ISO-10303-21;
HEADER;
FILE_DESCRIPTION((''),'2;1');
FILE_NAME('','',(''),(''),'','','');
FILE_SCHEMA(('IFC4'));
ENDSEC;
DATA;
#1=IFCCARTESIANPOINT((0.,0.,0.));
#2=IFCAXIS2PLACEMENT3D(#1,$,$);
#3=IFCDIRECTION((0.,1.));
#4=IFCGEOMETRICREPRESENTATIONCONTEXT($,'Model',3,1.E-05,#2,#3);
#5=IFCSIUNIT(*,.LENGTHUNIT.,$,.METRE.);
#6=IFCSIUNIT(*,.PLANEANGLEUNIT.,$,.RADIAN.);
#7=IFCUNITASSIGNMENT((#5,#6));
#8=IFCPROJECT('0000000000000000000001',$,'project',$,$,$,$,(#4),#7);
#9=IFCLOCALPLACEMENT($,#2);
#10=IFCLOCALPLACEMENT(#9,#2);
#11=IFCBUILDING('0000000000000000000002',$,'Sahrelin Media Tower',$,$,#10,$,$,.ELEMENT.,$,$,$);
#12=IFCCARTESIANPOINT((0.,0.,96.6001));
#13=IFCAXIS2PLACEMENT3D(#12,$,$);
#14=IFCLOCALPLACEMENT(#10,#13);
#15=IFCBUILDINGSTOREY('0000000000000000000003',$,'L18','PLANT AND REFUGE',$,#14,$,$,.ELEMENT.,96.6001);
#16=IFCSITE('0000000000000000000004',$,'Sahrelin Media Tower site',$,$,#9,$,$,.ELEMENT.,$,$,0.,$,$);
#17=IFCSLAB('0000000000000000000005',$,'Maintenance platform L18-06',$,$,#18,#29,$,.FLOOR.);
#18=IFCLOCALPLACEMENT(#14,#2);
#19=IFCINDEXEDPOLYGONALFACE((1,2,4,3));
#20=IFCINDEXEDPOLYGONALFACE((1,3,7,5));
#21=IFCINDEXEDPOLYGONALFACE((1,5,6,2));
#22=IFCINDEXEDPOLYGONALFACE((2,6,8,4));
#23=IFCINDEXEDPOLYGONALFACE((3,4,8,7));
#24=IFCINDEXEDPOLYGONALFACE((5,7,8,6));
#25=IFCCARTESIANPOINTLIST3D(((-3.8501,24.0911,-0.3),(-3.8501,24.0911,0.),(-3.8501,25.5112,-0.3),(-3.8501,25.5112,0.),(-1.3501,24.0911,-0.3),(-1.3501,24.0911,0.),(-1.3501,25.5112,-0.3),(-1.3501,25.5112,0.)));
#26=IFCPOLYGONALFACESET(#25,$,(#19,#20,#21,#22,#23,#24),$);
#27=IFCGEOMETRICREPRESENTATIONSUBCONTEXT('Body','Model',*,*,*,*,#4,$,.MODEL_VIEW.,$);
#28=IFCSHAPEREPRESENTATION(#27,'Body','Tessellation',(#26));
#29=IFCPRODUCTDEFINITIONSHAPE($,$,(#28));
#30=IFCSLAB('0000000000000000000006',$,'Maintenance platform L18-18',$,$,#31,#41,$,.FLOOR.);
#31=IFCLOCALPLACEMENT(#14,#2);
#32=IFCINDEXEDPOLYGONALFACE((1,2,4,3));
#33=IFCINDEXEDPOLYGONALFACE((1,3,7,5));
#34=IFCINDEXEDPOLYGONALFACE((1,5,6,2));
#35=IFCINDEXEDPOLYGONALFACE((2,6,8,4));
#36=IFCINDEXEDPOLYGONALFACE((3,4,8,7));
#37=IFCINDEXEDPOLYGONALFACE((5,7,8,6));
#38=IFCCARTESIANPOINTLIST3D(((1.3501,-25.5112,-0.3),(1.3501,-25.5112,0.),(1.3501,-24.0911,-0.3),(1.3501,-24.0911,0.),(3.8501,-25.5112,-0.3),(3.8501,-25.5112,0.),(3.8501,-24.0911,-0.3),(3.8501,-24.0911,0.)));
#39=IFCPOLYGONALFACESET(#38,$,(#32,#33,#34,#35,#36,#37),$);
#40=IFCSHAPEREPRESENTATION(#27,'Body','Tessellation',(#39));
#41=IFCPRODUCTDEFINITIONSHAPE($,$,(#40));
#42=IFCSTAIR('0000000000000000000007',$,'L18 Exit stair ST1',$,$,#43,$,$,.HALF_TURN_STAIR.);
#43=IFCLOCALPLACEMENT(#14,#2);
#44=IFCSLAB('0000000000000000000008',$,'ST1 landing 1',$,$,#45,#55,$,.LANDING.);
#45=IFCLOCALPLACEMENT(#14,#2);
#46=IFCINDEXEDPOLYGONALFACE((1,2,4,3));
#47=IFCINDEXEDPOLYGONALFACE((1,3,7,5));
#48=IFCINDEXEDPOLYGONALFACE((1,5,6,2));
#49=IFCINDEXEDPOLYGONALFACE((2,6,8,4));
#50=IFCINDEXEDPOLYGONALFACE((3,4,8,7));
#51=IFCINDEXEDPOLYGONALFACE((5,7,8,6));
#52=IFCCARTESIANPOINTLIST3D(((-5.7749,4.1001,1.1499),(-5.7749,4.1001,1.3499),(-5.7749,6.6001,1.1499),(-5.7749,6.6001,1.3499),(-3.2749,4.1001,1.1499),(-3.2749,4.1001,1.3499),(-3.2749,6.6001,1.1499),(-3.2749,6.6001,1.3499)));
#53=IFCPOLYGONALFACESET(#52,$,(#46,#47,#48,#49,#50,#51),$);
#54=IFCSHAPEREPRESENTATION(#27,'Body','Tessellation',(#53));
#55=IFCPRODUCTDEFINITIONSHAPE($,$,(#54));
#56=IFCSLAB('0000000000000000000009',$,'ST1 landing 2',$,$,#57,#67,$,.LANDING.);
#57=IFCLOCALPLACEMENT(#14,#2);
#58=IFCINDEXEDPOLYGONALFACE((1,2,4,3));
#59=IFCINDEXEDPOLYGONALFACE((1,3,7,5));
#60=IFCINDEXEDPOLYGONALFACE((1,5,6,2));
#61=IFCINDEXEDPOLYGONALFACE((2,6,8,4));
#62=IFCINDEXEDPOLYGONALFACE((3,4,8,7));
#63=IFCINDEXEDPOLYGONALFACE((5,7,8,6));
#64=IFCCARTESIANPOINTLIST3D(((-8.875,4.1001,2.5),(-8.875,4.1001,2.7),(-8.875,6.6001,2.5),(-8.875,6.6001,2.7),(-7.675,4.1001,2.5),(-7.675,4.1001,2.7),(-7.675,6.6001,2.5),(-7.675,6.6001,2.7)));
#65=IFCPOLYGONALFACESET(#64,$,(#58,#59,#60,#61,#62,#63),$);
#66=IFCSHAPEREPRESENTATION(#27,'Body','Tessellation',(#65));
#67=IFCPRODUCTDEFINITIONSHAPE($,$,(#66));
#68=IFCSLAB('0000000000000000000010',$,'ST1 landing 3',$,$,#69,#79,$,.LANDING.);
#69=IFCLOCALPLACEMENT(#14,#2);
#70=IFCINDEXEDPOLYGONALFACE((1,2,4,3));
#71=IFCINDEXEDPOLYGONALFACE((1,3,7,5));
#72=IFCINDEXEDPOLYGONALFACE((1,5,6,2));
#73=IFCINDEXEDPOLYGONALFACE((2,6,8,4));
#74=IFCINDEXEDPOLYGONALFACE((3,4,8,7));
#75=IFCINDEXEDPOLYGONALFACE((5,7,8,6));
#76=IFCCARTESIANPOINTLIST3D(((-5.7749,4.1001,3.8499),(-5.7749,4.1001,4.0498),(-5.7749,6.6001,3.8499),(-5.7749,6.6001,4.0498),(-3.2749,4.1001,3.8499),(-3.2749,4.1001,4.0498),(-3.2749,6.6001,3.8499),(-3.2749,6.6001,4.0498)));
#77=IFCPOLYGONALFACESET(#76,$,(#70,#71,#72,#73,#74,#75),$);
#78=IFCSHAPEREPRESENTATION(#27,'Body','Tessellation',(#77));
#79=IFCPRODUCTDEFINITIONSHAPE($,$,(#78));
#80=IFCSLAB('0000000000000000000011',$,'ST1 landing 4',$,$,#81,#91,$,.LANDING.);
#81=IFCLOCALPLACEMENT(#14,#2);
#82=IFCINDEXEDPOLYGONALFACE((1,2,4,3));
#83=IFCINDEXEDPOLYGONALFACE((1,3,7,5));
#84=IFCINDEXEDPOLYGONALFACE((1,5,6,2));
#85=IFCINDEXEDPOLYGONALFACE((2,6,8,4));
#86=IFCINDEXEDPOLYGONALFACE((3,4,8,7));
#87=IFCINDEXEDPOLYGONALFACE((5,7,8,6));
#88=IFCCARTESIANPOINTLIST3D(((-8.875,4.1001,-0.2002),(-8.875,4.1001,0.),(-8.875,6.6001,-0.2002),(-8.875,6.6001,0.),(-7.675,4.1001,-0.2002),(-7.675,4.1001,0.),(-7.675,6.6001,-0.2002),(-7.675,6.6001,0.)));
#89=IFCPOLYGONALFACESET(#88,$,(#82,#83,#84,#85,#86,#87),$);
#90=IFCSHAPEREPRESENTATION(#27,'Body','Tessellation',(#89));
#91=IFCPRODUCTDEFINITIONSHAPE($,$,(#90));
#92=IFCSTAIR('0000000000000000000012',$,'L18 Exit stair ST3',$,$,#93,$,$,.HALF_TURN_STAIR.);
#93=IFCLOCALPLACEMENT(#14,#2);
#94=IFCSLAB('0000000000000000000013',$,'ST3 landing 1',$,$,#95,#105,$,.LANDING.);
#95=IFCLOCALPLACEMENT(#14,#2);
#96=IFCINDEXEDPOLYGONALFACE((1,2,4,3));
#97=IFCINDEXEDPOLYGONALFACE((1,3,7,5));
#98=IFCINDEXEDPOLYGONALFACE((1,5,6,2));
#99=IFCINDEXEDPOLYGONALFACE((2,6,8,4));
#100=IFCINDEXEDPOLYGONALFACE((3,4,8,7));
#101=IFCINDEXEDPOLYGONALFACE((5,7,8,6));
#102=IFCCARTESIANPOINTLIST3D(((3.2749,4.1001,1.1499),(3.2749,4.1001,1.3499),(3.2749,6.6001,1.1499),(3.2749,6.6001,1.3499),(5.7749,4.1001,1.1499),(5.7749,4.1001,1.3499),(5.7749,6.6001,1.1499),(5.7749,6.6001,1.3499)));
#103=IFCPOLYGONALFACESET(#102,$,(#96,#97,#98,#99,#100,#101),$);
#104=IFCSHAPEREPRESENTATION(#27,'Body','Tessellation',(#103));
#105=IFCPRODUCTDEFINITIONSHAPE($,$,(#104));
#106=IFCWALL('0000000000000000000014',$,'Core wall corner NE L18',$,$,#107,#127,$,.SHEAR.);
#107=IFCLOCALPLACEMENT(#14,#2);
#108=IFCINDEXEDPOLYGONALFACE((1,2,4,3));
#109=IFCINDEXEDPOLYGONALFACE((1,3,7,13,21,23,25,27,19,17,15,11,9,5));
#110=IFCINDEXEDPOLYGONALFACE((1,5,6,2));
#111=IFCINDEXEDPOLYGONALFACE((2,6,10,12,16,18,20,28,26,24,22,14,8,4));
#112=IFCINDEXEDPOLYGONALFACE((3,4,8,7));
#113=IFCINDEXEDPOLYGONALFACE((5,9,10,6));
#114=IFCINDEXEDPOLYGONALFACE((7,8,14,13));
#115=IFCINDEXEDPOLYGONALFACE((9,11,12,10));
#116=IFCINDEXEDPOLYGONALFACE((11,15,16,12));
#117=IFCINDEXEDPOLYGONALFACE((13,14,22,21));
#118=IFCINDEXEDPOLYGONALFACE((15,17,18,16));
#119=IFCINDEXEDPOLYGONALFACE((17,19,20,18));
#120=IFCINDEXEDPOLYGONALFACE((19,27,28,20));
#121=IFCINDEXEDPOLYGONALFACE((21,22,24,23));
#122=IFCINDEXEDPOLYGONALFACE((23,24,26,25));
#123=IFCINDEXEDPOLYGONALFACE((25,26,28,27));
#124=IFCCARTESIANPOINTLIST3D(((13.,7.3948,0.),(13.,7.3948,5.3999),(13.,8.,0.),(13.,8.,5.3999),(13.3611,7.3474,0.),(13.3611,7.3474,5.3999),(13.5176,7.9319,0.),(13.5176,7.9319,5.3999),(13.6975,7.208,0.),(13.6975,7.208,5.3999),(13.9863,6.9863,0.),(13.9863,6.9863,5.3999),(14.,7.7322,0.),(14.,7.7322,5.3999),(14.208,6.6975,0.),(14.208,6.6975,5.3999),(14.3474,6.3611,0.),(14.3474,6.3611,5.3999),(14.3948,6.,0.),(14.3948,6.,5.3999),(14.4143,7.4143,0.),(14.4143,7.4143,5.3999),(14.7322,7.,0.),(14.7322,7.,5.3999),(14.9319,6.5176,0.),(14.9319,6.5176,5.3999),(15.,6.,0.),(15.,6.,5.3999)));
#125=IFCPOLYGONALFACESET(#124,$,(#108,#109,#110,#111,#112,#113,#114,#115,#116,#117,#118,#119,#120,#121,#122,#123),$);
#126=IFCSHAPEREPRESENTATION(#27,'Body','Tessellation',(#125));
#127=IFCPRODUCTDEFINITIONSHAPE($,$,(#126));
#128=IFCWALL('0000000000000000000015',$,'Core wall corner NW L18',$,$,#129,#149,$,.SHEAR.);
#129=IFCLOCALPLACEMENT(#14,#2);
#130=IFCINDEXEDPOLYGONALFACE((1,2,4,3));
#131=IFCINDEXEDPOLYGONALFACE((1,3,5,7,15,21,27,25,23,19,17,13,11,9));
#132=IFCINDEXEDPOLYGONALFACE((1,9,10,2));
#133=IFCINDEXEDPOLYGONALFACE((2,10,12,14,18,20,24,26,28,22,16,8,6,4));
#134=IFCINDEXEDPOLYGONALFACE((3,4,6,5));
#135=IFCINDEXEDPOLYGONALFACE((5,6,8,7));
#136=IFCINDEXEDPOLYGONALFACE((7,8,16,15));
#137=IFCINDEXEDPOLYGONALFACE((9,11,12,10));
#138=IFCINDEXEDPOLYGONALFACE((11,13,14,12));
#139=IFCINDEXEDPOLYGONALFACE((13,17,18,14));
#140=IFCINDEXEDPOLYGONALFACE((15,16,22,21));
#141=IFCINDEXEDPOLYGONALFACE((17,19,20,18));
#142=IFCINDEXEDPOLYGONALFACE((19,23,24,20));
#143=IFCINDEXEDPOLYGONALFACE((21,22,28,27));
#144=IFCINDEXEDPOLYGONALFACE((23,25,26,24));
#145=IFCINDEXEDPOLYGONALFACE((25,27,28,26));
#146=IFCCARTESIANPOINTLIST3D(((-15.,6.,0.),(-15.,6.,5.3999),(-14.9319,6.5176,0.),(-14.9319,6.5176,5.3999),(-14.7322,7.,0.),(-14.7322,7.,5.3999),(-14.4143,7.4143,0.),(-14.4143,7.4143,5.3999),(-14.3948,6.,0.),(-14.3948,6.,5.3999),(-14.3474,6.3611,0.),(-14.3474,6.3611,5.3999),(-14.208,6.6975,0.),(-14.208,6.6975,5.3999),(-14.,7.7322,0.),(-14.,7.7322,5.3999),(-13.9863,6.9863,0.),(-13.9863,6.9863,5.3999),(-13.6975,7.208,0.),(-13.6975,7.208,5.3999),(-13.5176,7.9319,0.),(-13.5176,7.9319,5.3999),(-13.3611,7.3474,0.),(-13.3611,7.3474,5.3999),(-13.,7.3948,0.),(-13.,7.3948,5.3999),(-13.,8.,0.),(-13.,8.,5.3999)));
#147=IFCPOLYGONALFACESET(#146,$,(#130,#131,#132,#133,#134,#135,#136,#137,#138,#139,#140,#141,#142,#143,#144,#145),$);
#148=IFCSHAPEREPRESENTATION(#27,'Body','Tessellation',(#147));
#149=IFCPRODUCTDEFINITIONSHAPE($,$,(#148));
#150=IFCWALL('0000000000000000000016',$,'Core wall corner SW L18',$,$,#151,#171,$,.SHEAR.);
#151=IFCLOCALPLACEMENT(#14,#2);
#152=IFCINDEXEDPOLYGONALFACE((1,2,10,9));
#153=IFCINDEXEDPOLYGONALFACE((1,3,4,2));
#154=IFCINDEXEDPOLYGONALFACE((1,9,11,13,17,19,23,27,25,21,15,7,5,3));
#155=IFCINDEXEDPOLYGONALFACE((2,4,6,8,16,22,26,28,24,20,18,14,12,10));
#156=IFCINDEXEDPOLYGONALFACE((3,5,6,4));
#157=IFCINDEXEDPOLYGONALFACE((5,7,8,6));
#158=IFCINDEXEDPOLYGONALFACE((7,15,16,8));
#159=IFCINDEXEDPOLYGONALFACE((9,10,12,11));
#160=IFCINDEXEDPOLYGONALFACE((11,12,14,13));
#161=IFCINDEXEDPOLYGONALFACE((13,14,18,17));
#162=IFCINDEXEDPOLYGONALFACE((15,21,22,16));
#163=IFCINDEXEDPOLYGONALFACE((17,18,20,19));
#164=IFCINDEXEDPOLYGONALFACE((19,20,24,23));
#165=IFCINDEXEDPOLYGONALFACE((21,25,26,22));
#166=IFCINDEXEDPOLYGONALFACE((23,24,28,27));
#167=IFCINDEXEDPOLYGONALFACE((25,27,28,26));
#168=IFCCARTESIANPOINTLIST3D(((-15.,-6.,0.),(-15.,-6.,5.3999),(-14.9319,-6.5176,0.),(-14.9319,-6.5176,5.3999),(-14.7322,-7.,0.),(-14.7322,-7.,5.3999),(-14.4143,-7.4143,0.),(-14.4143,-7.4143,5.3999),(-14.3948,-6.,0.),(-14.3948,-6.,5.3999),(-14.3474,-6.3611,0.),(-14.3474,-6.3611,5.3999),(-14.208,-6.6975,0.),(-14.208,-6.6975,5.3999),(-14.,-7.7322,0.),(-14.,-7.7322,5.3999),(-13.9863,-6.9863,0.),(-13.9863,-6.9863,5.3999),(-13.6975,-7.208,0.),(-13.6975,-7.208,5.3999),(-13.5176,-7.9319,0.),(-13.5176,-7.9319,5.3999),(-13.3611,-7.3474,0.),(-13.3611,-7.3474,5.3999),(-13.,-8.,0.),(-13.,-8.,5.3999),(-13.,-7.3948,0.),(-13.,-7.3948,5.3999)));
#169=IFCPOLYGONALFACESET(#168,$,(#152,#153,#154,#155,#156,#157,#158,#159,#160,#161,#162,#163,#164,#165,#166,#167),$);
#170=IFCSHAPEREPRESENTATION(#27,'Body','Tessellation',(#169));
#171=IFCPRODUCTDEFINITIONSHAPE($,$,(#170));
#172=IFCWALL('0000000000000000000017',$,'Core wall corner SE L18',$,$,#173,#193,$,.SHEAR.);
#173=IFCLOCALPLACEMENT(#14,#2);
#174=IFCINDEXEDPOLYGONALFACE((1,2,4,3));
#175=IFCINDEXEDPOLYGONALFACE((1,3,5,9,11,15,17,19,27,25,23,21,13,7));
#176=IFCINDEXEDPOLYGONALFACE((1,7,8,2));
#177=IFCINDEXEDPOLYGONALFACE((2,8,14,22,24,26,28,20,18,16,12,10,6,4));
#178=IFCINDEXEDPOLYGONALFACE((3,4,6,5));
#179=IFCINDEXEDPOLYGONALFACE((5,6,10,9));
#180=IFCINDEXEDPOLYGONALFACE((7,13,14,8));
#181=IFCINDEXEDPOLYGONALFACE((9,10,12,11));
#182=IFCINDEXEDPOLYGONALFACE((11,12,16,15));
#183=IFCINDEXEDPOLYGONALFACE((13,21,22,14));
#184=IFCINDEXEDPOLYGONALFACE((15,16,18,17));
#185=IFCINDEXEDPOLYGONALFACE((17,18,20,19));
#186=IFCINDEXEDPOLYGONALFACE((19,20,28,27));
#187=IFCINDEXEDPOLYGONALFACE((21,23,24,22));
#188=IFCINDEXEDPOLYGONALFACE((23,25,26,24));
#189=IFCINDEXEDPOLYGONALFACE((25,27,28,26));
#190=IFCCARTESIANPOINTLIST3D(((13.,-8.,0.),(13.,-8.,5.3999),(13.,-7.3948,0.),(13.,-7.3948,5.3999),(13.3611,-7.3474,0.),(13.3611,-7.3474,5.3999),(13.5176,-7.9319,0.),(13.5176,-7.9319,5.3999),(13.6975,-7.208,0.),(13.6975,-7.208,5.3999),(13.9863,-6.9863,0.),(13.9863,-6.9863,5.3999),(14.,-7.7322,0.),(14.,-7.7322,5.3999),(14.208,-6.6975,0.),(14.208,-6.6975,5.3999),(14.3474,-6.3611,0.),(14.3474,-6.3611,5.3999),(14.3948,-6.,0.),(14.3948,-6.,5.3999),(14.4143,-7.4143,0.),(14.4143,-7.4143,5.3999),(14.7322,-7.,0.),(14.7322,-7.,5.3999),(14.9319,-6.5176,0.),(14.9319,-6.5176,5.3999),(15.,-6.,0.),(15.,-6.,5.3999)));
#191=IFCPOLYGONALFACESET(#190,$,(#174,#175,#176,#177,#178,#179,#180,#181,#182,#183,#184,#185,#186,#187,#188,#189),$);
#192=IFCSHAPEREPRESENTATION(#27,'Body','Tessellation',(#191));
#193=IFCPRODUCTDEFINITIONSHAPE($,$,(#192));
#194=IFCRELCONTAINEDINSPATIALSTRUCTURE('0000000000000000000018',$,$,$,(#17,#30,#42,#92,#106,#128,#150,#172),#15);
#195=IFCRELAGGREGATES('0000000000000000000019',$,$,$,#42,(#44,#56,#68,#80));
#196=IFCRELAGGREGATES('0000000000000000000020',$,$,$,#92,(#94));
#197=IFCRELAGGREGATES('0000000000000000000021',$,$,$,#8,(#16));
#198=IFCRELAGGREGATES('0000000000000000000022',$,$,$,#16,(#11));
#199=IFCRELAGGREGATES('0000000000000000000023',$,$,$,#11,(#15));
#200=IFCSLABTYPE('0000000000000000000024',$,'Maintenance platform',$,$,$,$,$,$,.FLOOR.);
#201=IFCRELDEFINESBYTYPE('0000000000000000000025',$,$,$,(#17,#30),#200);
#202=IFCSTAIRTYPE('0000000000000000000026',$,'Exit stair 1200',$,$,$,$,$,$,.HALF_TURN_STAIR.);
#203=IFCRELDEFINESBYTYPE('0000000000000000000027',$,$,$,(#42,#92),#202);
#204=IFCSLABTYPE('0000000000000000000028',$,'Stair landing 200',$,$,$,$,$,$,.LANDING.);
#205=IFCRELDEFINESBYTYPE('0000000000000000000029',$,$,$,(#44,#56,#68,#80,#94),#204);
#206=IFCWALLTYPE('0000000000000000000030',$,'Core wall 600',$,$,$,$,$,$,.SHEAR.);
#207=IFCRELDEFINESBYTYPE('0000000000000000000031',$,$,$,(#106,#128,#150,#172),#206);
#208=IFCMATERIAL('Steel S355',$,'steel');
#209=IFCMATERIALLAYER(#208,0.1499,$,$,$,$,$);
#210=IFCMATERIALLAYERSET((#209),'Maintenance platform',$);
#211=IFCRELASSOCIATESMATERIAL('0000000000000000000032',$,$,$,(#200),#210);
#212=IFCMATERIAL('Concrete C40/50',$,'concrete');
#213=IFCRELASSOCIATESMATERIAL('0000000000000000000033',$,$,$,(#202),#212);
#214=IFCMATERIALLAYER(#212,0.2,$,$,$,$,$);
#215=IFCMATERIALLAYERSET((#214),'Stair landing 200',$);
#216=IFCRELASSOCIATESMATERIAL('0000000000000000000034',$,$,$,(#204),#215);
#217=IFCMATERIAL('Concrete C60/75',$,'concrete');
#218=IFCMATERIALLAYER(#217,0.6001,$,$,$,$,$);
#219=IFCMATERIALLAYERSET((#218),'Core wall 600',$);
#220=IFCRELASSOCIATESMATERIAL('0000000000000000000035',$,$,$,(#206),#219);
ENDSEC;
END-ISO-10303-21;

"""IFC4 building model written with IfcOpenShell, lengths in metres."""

from ifc_helpers import new_model, si_unit, direction, frame, origin, place, context, subcontext, project, spatial, polyline, outline, extrude, material, layer, layer_set, type_object, element, aggregate, save


model = new_model("IFC4")

# Units and contexts
model_context = context("Model", 3, precision=1e-05, world=origin(), true_north=direction((0.0, 1.0)))
body_context = subcontext(model_context, "Body", "Model", "MODEL_VIEW")
ifc_project = project(units=[si_unit("LENGTHUNIT", "METRE"), si_unit("PLANEANGLEUNIT", "RADIAN")], contexts=[model_context])

# Site, building, storey
site_placement = place(None, origin())
site = spatial("IfcSite", under=ifc_project, at=site_placement, Name="Sahrelin Media Tower site", CompositionType="ELEMENT", RefElevation=0.0)
building_placement = place(site_placement, origin())
building = spatial("IfcBuilding", under=site, at=building_placement, Name="Sahrelin Media Tower", CompositionType="ELEMENT")
storey_placement = place(building_placement, frame((0.0, 0.0, 96.6001)))
storey = spatial("IfcBuildingStorey", under=building, at=storey_placement, Name="L18", Description="PLANT AND REFUGE", CompositionType="ELEMENT", Elevation=96.6001)

# Slabs
ifc_material_1 = material(Name="Steel S355", Category="steel")
ifc_layer_1 = layer(ifc_material_1, 0.1499)
ifc_layer_set_1 = layer_set([ifc_layer_1], Name="Maintenance platform")
slab_type_1 = type_object("IfcSlabType", Name="Maintenance platform", PredefinedType="FLOOR", material=ifc_layer_set_1)
placement_1 = place(storey_placement, frame((0.0, 0.0, -0.3)))
element("IfcSlab", 1, at=placement_1, inside=storey, type_object=slab_type_1, Name="Maintenance platform L18-06", PredefinedType="FLOOR", context=body_context, shape_type="SweptSolid", body=[
    extrude(outline(polyline([(-1.3501, 24.0911), (-3.8501, 24.0911), (-3.8501, 25.5112), (-1.3501, 25.5112), (-1.3501, 24.0911)])), origin(), (0.0, 0.0, 1.0), 0.3),
])
element("IfcSlab", 2, at=placement_1, inside=storey, type_object=slab_type_1, Name="Maintenance platform L18-18", PredefinedType="FLOOR", context=body_context, shape_type="SweptSolid", body=[
    extrude(outline(polyline([(1.3501, -24.0911), (3.8501, -24.0911), (3.8501, -25.5112), (1.3501, -25.5112), (1.3501, -24.0911)])), origin(), (0.0, 0.0, 1.0), 0.3),
])

# Stair, slabs
ifc_material_2 = material(Name="Concrete C40/50", Category="concrete")
stair_type = type_object("IfcStairType", Name="Exit stair 1200", PredefinedType="HALF_TURN_STAIR", material=ifc_material_2)
placement_2 = place(storey_placement, origin())
stair_1 = element("IfcStair", 3, at=placement_2, inside=storey, type_object=stair_type, Name="L18 Exit stair ST1", PredefinedType="HALF_TURN_STAIR")
ifc_layer_2 = layer(ifc_material_2, 0.2)
ifc_layer_set_2 = layer_set([ifc_layer_2], Name="Stair landing 200")
slab_type_2 = type_object("IfcSlabType", Name="Stair landing 200", PredefinedType="LANDING", material=ifc_layer_set_2)
placement_3 = place(storey_placement, frame((0.0, 0.0, 1.1499)))
slab_1 = element("IfcSlab", 4, at=placement_3, type_object=slab_type_2, Name="ST1 landing 1", PredefinedType="LANDING", context=body_context, shape_type="SweptSolid", body=[
    extrude(outline(polyline([(-5.7749, 4.1001), (-3.2749, 4.1001), (-3.2749, 6.6001), (-5.7749, 6.6001), (-5.7749, 4.1001)])), origin(), (0.0, 0.0, 1.0), 0.2),
])
slab_2_placement = place(storey_placement, frame((0.0, 0.0, 2.5)))
slab_2 = element("IfcSlab", 5, at=slab_2_placement, type_object=slab_type_2, Name="ST1 landing 2", PredefinedType="LANDING", context=body_context, shape_type="SweptSolid", body=[
    extrude(outline(polyline([(-8.875, 4.1001), (-7.675, 4.1001), (-7.675, 6.6001), (-8.875, 6.6001), (-8.875, 4.1001)])), origin(), (0.0, 0.0, 1.0), 0.2),
])
slab_3_placement = place(storey_placement, frame((0.0, 0.0, 3.8499)))
slab_3 = element("IfcSlab", 6, at=slab_3_placement, type_object=slab_type_2, Name="ST1 landing 3", PredefinedType="LANDING", context=body_context, shape_type="SweptSolid", body=[
    extrude(outline(polyline([(-5.7749, 4.1001), (-3.2749, 4.1001), (-3.2749, 6.6001), (-5.7749, 6.6001), (-5.7749, 4.1001)])), origin(), (0.0, 0.0, 1.0), 0.2),
])
slab_4_placement = place(storey_placement, frame((0.0, 0.0, -0.2002)))
slab_4 = element("IfcSlab", 7, at=slab_4_placement, type_object=slab_type_2, Name="ST1 landing 4", PredefinedType="LANDING", context=body_context, shape_type="SweptSolid", body=[
    extrude(outline(polyline([(-8.875, 4.1001), (-7.675, 4.1001), (-7.675, 6.6001), (-8.875, 6.6001), (-8.875, 4.1001)])), origin(), (0.0, 0.0, 1.0), 0.2002),
])
aggregate(stair_1, [slab_1, slab_2, slab_3, slab_4])

# Stair, slab
stair_2 = element("IfcStair", 8, at=placement_2, inside=storey, type_object=stair_type, Name="L18 Exit stair ST3", PredefinedType="HALF_TURN_STAIR")
slab_5 = element("IfcSlab", 9, at=placement_3, type_object=slab_type_2, Name="ST3 landing 1", PredefinedType="LANDING", context=body_context, shape_type="SweptSolid", body=[
    extrude(outline(polyline([(5.7749, 6.6001), (3.2749, 6.6001), (3.2749, 4.1001), (5.7749, 4.1001), (5.7749, 6.6001)])), origin(), (0.0, 0.0, 1.0), 0.2),
])
aggregate(stair_2, [slab_5])

# Walls
ifc_material_3 = material(Name="Concrete C60/75", Category="concrete")
ifc_layer_3 = layer(ifc_material_3, 0.6001)
ifc_layer_set_3 = layer_set([ifc_layer_3], Name="Core wall 600")
wall_type = type_object("IfcWallType", Name="Core wall 600", PredefinedType="SHEAR", material=ifc_layer_set_3)
element("IfcWall", 10, at=placement_2, inside=storey, type_object=wall_type, Name="Core wall corner NE L18", PredefinedType="SHEAR", context=body_context, shape_type="SweptSolid", body=[
    extrude(outline(polyline([(13.0, 8.0), (13.0, 7.3948), (13.3611, 7.3474), (13.6975, 7.208), (13.9863, 6.9863), (14.208, 6.6975), (14.3474, 6.3611), (14.3948, 6.0), (15.0, 6.0), (14.9319, 6.5176), (14.7322, 7.0), (14.4143, 7.4143), (14.0, 7.7322), (13.5176, 7.9319), (13.0, 8.0)])), origin(), (0.0, 0.0, 1.0), 5.3999),
])
element("IfcWall", 11, at=placement_2, inside=storey, type_object=wall_type, Name="Core wall corner NW L18", PredefinedType="SHEAR", context=body_context, shape_type="SweptSolid", body=[
    extrude(outline(polyline([(-15.0, 6.0), (-14.3948, 6.0), (-14.3474, 6.3611), (-14.208, 6.6975), (-13.9863, 6.9863), (-13.6975, 7.208), (-13.3611, 7.3474), (-13.0, 7.3948), (-13.0, 8.0), (-13.5176, 7.9319), (-14.0, 7.7322), (-14.4143, 7.4143), (-14.7322, 7.0), (-14.9319, 6.5176), (-15.0, 6.0)])), origin(), (0.0, 0.0, 1.0), 5.3999),
])
element("IfcWall", 12, at=placement_2, inside=storey, type_object=wall_type, Name="Core wall corner SW L18", PredefinedType="SHEAR", context=body_context, shape_type="SweptSolid", body=[
    extrude(outline(polyline([(-13.0, -8.0), (-13.0, -7.3948), (-13.3611, -7.3474), (-13.6975, -7.208), (-13.9863, -6.9863), (-14.208, -6.6975), (-14.3474, -6.3611), (-14.3948, -6.0), (-15.0, -6.0), (-14.9319, -6.5176), (-14.7322, -7.0), (-14.4143, -7.4143), (-14.0, -7.7322), (-13.5176, -7.9319), (-13.0, -8.0)])), origin(), (0.0, 0.0, 1.0), 5.3999),
])
element("IfcWall", 13, at=placement_2, inside=storey, type_object=wall_type, Name="Core wall corner SE L18", PredefinedType="SHEAR", context=body_context, shape_type="SweptSolid", body=[
    extrude(outline(polyline([(15.0, -6.0), (14.3948, -6.0), (14.3474, -6.3611), (14.208, -6.6975), (13.9863, -6.9863), (13.6975, -7.208), (13.3611, -7.3474), (13.0, -7.3948), (13.0, -8.0), (13.5176, -7.9319), (14.0, -7.7322), (14.4143, -7.4143), (14.7322, -7.0), (14.9319, -6.5176), (15.0, -6.0)])), origin(), (0.0, 0.0, 1.0), 5.3999),
])

save(model, "model.ifc")
